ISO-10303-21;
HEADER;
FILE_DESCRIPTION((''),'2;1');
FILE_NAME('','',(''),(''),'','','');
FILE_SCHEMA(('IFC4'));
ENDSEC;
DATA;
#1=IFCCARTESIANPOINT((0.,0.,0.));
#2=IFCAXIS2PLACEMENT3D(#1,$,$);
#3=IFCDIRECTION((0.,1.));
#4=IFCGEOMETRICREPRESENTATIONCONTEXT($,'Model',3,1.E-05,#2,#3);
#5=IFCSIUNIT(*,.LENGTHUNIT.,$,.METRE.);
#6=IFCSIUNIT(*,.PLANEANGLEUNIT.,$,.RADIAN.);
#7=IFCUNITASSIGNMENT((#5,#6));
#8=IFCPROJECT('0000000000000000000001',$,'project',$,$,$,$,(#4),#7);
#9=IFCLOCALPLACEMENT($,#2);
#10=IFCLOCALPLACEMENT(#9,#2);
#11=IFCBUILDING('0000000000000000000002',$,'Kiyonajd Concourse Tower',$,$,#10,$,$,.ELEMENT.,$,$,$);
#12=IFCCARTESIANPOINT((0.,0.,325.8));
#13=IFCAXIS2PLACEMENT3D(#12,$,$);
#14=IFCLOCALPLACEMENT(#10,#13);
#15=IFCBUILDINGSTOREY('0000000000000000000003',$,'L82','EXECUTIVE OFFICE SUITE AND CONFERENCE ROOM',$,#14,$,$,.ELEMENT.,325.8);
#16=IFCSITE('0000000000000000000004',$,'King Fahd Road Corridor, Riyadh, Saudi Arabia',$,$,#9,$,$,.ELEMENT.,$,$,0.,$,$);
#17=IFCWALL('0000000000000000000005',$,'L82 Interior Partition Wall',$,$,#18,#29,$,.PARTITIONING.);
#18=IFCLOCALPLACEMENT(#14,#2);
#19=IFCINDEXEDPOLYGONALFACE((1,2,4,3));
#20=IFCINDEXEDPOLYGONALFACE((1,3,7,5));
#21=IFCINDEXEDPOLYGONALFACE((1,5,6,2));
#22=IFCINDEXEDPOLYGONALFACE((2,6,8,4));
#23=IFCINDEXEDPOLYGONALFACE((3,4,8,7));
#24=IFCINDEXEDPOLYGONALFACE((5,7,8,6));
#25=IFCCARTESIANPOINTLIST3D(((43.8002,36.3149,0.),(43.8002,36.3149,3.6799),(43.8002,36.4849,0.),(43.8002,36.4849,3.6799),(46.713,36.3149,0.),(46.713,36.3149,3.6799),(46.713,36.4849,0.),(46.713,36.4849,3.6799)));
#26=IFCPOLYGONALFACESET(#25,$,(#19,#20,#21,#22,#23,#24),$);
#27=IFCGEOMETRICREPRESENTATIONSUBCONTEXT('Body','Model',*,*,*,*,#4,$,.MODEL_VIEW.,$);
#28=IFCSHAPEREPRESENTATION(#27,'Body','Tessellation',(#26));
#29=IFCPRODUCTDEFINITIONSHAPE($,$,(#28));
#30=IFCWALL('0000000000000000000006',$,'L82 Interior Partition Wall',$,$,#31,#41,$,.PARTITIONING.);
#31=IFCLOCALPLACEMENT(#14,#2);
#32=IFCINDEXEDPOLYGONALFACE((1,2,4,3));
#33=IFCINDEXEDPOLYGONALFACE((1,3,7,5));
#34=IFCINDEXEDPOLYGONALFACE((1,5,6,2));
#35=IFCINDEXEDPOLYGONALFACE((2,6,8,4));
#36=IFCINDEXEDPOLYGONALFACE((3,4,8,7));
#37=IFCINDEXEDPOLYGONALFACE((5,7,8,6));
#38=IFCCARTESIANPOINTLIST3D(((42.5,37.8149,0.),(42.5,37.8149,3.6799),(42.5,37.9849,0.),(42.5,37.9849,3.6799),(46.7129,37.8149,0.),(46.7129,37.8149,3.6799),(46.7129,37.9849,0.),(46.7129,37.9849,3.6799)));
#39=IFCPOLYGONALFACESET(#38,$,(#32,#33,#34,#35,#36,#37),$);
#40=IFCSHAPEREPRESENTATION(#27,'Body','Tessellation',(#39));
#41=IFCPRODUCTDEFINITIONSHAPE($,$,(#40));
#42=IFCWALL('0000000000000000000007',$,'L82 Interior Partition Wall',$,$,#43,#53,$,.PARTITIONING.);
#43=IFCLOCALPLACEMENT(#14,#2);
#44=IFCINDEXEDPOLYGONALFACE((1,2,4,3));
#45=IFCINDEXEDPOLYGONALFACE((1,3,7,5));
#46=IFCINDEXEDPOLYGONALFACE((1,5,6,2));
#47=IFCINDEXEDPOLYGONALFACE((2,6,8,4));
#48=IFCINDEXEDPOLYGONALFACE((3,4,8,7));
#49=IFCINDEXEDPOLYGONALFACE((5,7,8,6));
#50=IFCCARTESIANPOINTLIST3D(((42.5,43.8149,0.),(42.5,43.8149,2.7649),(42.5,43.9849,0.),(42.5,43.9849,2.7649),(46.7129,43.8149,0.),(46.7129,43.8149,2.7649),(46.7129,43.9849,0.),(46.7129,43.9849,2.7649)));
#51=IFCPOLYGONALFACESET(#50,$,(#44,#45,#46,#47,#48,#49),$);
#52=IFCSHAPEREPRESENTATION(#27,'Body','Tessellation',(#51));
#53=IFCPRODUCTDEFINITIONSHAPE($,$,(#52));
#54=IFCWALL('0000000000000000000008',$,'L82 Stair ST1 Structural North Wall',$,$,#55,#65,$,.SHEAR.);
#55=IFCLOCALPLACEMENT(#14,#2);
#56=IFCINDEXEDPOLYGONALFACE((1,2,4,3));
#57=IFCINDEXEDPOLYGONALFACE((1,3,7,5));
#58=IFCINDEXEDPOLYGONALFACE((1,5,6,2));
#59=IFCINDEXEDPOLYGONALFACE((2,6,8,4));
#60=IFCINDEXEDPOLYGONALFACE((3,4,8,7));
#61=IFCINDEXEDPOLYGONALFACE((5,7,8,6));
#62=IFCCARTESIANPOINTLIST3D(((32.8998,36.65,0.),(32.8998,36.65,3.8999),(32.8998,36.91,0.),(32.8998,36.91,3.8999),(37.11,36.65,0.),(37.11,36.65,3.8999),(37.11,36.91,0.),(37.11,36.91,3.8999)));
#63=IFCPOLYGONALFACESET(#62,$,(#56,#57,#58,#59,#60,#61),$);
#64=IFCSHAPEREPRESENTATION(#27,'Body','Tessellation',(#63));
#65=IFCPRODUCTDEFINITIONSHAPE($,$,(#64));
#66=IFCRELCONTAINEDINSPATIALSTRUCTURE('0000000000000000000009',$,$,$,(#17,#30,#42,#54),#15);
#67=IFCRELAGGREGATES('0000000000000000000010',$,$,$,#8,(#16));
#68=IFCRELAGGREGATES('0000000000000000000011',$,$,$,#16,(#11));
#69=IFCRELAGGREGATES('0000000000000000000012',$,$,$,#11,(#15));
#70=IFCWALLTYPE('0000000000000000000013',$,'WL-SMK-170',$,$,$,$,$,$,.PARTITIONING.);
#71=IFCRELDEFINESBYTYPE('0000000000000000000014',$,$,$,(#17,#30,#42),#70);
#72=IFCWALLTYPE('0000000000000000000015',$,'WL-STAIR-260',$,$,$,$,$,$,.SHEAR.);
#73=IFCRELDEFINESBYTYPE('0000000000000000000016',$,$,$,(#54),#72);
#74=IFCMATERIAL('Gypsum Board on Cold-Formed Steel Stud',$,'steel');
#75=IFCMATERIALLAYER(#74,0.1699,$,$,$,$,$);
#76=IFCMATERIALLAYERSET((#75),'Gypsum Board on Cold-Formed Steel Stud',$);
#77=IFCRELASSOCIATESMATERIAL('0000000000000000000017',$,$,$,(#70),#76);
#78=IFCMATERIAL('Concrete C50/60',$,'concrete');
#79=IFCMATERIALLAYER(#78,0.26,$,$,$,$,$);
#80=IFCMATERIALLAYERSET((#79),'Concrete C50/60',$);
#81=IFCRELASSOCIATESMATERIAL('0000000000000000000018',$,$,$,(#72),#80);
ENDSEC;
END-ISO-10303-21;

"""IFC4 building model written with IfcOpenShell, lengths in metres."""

from ifc_helpers import new_model, si_unit, direction, frame, frame_2d, origin, place, context, subcontext, project, spatial, rectangle, extrude, material, layer, layer_set, type_object, element, save


model = new_model("IFC4")

# Units and contexts
model_context = context("Model", 3, precision=1e-05, world=origin(), true_north=direction((0.0, 1.0)))
body_context = subcontext(model_context, "Body", "Model", "MODEL_VIEW")
ifc_project = project(units=[si_unit("LENGTHUNIT", "METRE"), si_unit("PLANEANGLEUNIT", "RADIAN")], contexts=[model_context])

# Site, building, storey
site_placement = place(None, origin())
site = spatial("IfcSite", under=ifc_project, at=site_placement, Name="King Fahd Road Corridor, Riyadh, Saudi Arabia", CompositionType="ELEMENT", RefElevation=0.0)
building_placement = place(site_placement, origin())
building = spatial("IfcBuilding", under=site, at=building_placement, Name="Kiyonajd Concourse Tower", CompositionType="ELEMENT")
storey_placement = place(building_placement, frame((0.0, 0.0, 325.8)))
storey = spatial("IfcBuildingStorey", under=building, at=storey_placement, Name="L82", Description="EXECUTIVE OFFICE SUITE AND CONFERENCE ROOM", CompositionType="ELEMENT", Elevation=325.8)

# Shared definitions
ifc_material_1 = material(Name="Gypsum Board on Cold-Formed Steel Stud", Category="steel")

# Shared definitions
ifc_layer_1 = layer(ifc_material_1, 0.1699)
ifc_layer_set_1 = layer_set([ifc_layer_1], Name="Gypsum Board on Cold-Formed Steel Stud")
wall_type_1 = type_object("IfcWallType", Name="WL-SMK-170", PredefinedType="PARTITIONING", material=ifc_layer_set_1)

# Walls
wall_1_placement = place(storey_placement, frame((43.8, 36.3999, 0.0), z_axis=(0.0, 0.0, 1.0), x_axis=(1.0, 0.0, 0.0)))
element("IfcWall", 1, at=wall_1_placement, inside=storey, type_object=wall_type_1, Name="L82 Interior Partition Wall", PredefinedType="PARTITIONING", context=body_context, shape_type="SweptSolid", body=[
    extrude(rectangle(XDim=2.9128, YDim=0.1699, at=frame_2d((1.4565, 0.0))), origin(), (0.0, 0.0, 1.0), 3.6799),
])
wall_2_placement = place(storey_placement, frame((42.5, 37.8999, 0.0), z_axis=(0.0, 0.0, 1.0), x_axis=(1.0, 0.0, 0.0)))
element("IfcWall", 2, at=wall_2_placement, inside=storey, type_object=wall_type_1, Name="L82 Interior Partition Wall", PredefinedType="PARTITIONING", context=body_context, shape_type="SweptSolid", body=[
    extrude(rectangle(XDim=4.2129, YDim=0.1699, at=frame_2d((2.1064, 0.0))), origin(), (0.0, 0.0, 1.0), 3.6799),
])
wall_3_placement = place(storey_placement, frame((42.5, 43.8999, 0.0), z_axis=(0.0, 0.0, 1.0), x_axis=(1.0, 0.0, 0.0)))
element("IfcWall", 3, at=wall_3_placement, inside=storey, type_object=wall_type_1, Name="L82 Interior Partition Wall", PredefinedType="PARTITIONING", context=body_context, shape_type="SweptSolid", body=[
    extrude(rectangle(XDim=4.2129, YDim=0.1699, at=frame_2d((2.1064, 0.0))), origin(), (0.0, 0.0, 1.0), 2.7649),
])
ifc_material_2 = material(Name="Concrete C50/60", Category="concrete")
ifc_layer_2 = layer(ifc_material_2, 0.26)
ifc_layer_set_2 = layer_set([ifc_layer_2], Name="Concrete C50/60")
wall_type_2 = type_object("IfcWallType", Name="WL-STAIR-260", PredefinedType="SHEAR", material=ifc_layer_set_2)
wall_4_placement = place(storey_placement, frame((32.8999, 36.78, 0.0), z_axis=(0.0, 0.0, 1.0), x_axis=(1.0, 0.0, 0.0)))
element("IfcWall", 4, at=wall_4_placement, inside=storey, type_object=wall_type_2, Name="L82 Stair ST1 Structural North Wall", PredefinedType="SHEAR", context=body_context, shape_type="SweptSolid", body=[
    extrude(rectangle(XDim=4.2102, YDim=0.26, at=frame_2d((2.105, 0.0))), origin(), (0.0, 0.0, 1.0), 3.8999),
])

save(model, "model.ifc")
